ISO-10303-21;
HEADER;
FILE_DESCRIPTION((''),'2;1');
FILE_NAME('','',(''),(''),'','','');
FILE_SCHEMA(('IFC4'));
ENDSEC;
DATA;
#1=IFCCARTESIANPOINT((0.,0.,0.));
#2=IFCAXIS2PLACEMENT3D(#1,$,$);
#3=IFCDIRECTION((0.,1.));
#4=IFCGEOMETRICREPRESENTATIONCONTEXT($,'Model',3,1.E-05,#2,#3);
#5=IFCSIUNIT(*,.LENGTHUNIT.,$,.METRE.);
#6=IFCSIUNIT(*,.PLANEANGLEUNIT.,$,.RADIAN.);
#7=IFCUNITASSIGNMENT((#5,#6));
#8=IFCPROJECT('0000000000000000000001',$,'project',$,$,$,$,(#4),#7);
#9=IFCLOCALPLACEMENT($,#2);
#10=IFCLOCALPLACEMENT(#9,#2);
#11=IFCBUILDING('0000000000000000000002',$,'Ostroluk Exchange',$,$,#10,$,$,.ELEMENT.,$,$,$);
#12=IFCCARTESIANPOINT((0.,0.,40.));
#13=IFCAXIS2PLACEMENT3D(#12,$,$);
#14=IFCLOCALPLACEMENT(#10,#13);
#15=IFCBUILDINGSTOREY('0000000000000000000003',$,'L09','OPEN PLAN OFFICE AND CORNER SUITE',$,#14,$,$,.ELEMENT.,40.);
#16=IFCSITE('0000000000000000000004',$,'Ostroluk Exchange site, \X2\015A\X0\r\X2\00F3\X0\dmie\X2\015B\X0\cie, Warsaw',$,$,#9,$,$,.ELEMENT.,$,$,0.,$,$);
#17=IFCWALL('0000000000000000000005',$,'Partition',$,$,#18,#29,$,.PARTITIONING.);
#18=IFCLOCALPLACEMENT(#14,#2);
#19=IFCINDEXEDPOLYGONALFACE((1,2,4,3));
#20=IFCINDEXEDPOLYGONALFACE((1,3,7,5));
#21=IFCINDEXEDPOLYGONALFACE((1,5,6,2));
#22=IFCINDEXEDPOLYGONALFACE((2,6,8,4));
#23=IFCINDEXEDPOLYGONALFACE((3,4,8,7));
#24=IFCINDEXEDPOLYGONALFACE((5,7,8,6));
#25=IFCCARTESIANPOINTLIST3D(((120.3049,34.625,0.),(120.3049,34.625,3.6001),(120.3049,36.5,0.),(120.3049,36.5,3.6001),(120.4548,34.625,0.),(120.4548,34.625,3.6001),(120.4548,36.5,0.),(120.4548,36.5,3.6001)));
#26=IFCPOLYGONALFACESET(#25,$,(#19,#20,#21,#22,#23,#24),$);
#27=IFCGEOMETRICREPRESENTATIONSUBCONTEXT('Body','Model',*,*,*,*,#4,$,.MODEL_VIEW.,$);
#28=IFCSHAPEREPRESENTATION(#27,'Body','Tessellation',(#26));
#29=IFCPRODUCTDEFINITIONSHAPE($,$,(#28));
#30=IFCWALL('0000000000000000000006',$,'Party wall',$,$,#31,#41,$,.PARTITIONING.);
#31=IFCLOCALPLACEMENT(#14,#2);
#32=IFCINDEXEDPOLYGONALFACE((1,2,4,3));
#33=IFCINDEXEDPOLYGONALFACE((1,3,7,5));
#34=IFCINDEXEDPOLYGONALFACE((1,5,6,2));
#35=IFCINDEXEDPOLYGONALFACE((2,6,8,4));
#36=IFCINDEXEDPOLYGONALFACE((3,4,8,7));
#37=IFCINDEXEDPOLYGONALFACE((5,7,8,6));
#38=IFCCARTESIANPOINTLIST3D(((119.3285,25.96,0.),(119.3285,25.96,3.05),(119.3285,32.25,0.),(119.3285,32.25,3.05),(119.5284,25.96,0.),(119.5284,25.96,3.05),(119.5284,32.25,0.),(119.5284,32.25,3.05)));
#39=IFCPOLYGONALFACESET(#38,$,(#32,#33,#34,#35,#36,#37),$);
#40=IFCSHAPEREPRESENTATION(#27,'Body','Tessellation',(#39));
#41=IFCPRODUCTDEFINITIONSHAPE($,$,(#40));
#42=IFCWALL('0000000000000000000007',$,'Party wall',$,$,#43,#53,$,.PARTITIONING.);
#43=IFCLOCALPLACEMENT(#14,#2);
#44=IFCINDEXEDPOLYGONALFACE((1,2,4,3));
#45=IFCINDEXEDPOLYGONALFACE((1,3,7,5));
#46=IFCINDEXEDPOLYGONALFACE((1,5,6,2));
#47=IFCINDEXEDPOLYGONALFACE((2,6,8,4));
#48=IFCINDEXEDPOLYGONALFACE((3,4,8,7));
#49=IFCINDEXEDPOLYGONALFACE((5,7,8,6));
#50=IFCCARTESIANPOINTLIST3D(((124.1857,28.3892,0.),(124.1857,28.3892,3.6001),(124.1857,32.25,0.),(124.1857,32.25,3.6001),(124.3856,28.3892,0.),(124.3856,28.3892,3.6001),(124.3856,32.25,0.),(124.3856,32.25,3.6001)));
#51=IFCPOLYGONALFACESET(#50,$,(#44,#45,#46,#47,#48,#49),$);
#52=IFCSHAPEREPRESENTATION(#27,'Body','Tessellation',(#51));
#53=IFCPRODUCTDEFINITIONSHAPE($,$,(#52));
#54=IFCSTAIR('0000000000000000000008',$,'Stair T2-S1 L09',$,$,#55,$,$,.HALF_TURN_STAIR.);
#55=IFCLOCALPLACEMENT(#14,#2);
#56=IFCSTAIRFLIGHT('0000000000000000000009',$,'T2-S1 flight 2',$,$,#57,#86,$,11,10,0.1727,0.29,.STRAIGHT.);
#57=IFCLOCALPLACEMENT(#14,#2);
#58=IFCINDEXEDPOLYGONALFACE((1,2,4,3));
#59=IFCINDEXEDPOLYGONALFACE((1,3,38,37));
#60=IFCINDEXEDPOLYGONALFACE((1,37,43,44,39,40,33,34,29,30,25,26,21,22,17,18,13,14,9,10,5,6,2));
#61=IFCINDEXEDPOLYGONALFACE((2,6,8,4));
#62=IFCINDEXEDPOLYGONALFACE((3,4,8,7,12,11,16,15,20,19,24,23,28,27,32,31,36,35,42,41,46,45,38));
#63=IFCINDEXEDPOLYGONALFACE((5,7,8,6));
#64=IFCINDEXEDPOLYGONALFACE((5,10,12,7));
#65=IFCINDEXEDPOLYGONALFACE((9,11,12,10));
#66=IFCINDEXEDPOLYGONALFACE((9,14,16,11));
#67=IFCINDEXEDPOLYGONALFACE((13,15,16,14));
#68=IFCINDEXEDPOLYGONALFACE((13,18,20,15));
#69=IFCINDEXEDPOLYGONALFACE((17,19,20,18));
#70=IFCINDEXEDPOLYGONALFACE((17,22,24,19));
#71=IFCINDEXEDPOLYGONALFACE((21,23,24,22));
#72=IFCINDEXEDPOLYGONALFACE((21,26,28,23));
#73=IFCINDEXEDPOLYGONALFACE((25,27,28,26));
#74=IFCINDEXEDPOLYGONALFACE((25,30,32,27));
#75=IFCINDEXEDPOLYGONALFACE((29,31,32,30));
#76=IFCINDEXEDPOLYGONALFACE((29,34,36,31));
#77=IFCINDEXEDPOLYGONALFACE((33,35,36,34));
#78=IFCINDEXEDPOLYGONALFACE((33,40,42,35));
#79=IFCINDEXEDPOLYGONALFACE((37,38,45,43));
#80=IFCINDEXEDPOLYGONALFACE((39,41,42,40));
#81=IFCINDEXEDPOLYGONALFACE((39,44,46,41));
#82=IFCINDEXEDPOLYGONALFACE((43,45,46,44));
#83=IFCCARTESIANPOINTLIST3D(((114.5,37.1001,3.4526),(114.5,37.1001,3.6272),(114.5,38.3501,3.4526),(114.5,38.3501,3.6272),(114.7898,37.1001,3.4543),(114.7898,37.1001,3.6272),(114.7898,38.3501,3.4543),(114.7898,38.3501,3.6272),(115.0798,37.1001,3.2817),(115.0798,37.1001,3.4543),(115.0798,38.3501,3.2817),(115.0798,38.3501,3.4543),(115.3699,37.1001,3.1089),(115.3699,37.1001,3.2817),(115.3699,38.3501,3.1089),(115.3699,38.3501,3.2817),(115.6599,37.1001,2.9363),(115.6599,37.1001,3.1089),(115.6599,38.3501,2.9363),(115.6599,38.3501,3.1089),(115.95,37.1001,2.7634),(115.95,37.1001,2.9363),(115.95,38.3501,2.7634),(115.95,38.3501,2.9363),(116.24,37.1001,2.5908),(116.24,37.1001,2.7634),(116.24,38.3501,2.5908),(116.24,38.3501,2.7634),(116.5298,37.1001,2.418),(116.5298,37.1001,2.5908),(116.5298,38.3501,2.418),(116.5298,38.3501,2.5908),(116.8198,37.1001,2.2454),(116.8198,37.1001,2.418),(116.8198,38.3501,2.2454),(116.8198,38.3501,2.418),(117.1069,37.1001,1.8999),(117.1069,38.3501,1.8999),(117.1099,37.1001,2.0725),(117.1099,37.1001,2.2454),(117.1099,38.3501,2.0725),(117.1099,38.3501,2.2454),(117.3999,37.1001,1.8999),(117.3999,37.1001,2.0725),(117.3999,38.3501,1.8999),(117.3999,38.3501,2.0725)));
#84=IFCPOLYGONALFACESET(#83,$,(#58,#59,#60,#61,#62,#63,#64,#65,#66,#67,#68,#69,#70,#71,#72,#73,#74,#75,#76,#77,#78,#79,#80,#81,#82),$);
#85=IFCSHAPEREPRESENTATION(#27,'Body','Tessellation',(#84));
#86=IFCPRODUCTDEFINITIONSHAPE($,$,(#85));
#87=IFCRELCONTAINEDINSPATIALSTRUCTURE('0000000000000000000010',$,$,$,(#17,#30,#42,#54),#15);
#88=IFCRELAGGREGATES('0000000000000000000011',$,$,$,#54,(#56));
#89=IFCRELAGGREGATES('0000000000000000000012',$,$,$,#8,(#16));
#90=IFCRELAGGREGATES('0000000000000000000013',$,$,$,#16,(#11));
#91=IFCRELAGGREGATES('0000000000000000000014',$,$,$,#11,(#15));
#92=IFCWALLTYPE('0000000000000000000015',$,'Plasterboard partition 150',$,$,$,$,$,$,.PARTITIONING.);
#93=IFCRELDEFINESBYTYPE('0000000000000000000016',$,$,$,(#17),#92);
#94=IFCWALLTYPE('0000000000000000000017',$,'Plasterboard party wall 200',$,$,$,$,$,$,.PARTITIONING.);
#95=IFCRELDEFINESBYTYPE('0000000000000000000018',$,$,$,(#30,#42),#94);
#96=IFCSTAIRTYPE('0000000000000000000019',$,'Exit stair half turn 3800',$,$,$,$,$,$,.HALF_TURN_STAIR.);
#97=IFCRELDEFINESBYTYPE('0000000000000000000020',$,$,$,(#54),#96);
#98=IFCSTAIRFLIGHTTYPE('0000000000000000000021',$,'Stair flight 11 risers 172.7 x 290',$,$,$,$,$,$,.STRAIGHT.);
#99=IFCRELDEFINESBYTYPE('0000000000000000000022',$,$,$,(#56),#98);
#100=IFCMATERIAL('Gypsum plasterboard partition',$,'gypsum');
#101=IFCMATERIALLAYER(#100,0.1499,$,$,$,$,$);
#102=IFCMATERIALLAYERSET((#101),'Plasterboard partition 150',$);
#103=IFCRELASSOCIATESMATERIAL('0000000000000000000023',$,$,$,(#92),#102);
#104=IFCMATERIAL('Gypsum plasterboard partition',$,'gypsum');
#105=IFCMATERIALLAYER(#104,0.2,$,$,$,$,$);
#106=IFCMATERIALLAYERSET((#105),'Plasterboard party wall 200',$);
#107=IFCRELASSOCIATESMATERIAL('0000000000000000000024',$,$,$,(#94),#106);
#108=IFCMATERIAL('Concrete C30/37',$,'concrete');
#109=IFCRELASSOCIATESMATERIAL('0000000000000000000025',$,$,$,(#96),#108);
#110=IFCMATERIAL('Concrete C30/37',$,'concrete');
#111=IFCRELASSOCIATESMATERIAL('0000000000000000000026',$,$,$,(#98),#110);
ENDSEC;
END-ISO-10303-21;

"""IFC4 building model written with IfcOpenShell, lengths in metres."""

from ifc_helpers import new_model, si_unit, direction, frame, frame_2d, origin, place, context, subcontext, project, spatial, polyline, rectangle, outline, extrude, material, layer, layer_set, type_object, element, aggregate, save


model = new_model("IFC4")

# Units and contexts
model_context = context("Model", 3, precision=1e-05, world=origin(), true_north=direction((0.0, 1.0)))
body_context = subcontext(model_context, "Body", "Model", "MODEL_VIEW")
ifc_project = project(units=[si_unit("LENGTHUNIT", "METRE"), si_unit("PLANEANGLEUNIT", "RADIAN")], contexts=[model_context])

# Site, building, storey
site_placement = place(None, origin())
site = spatial("IfcSite", under=ifc_project, at=site_placement, Name="Ostroluk Exchange site, Śródmieście, Warsaw", CompositionType="ELEMENT", RefElevation=0.0)
building_placement = place(site_placement, origin())
building = spatial("IfcBuilding", under=site, at=building_placement, Name="Ostroluk Exchange", CompositionType="ELEMENT")
storey_placement = place(building_placement, frame((0.0, 0.0, 40.0)))
storey = spatial("IfcBuildingStorey", under=building, at=storey_placement, Name="L09", Description="OPEN PLAN OFFICE AND CORNER SUITE", CompositionType="ELEMENT", Elevation=40.0)

# Walls
ifc_material_1 = material(Name="Gypsum plasterboard partition", Category="gypsum")
ifc_layer_1 = layer(ifc_material_1, 0.1499)
ifc_layer_set_1 = layer_set([ifc_layer_1], Name="Plasterboard partition 150")
wall_type_1 = type_object("IfcWallType", Name="Plasterboard partition 150", PredefinedType="PARTITIONING", material=ifc_layer_set_1)
wall_1_placement = place(storey_placement, frame((120.3799, 36.5, 0.0), z_axis=(0.0, 0.0, 1.0), x_axis=(0.0, -1.0, 0.0)))
element("IfcWall", 1, at=wall_1_placement, inside=storey, type_object=wall_type_1, Name="Partition", PredefinedType="PARTITIONING", context=body_context, shape_type="SweptSolid", body=[
    extrude(rectangle(XDim=1.875, YDim=0.1499, at=frame_2d((0.9375, 0.0))), origin(), (0.0, 0.0, 1.0), 3.6001),
])
ifc_material_2 = material(Name="Gypsum plasterboard partition", Category="gypsum")
ifc_layer_2 = layer(ifc_material_2, 0.2)
ifc_layer_set_2 = layer_set([ifc_layer_2], Name="Plasterboard party wall 200")
wall_type_2 = type_object("IfcWallType", Name="Plasterboard party wall 200", PredefinedType="PARTITIONING", material=ifc_layer_set_2)
wall_2_placement = place(storey_placement, frame((119.4285, 32.25, 0.0), z_axis=(0.0, 0.0, 1.0), x_axis=(0.0, -1.0, 0.0)))
element("IfcWall", 2, at=wall_2_placement, inside=storey, type_object=wall_type_2, Name="Party wall", PredefinedType="PARTITIONING", context=body_context, shape_type="SweptSolid", body=[
    extrude(rectangle(XDim=6.29, YDim=0.2, at=frame_2d((3.145, 0.0))), origin(), (0.0, 0.0, 1.0), 3.05),
])
wall_3_placement = place(storey_placement, frame((124.2856, 32.25, 0.0), z_axis=(0.0, 0.0, 1.0), x_axis=(0.0, -1.0, 0.0)))
element("IfcWall", 3, at=wall_3_placement, inside=storey, type_object=wall_type_2, Name="Party wall", PredefinedType="PARTITIONING", context=body_context, shape_type="SweptSolid", body=[
    extrude(rectangle(XDim=3.8608, YDim=0.2, at=frame_2d((1.9304, 0.0))), origin(), (0.0, 0.0, 1.0), 3.6001),
])

# Stair, stair flight
ifc_material_3 = material(Name="Concrete C30/37", Category="concrete")
stair_type = type_object("IfcStairType", Name="Exit stair half turn 3800", PredefinedType="HALF_TURN_STAIR", material=ifc_material_3)
stair_placement = place(storey_placement, origin())
stair = element("IfcStair", 4, at=stair_placement, inside=storey, type_object=stair_type, Name="Stair T2-S1 L09", PredefinedType="HALF_TURN_STAIR")
ifc_material_4 = material(Name="Concrete C30/37", Category="concrete")
stair_flight_type = type_object("IfcStairFlightType", Name="Stair flight 11 risers 172.7 x 290", PredefinedType="STRAIGHT", material=ifc_material_4)
stair_flight_placement = place(storey_placement, frame((117.3999, 37.7251, 1.8999), z_axis=(0.0, 0.0, 1.0), x_axis=(-1.0, 0.0, 0.0)))
stair_flight = element("IfcStairFlight", 5, at=stair_flight_placement, type_object=stair_flight_type, Name="T2-S1 flight 2", NumberOfRisers=11, NumberOfTreads=10, PredefinedType="STRAIGHT", RiserHeight=0.1727, TreadLength=0.29, context=body_context, shape_type="SweptSolid", body=[
    extrude(outline(polyline([(0.0, 0.0), (0.0, 0.1726), (0.29, 0.1726), (0.29, 0.3455), (0.5801, 0.3455), (0.5801, 0.5181), (0.8701, 0.5181), (0.8701, 0.6909), (1.1599, 0.6909), (1.1599, 0.8635), (1.45, 0.8635), (1.45, 1.0364), (1.74, 1.0364), (1.74, 1.209), (2.03, 1.209), (2.03, 1.3818), (2.3201, 1.3818), (2.3201, 1.5544), (2.6101, 1.5544), (2.6101, 1.7273), (2.8999, 1.7273), (2.8999, 1.8999), (2.8999, 1.5527), (0.293, 0.0), (0.0, 0.0)])), frame((0.0, 0.625, 0.0), z_axis=(0.0, -1.0, 0.0), x_axis=(1.0, 0.0, 0.0)), (0.0, 0.0, 1.0), 1.25),
])
aggregate(stair, [stair_flight])

save(model, "model.ifc")
